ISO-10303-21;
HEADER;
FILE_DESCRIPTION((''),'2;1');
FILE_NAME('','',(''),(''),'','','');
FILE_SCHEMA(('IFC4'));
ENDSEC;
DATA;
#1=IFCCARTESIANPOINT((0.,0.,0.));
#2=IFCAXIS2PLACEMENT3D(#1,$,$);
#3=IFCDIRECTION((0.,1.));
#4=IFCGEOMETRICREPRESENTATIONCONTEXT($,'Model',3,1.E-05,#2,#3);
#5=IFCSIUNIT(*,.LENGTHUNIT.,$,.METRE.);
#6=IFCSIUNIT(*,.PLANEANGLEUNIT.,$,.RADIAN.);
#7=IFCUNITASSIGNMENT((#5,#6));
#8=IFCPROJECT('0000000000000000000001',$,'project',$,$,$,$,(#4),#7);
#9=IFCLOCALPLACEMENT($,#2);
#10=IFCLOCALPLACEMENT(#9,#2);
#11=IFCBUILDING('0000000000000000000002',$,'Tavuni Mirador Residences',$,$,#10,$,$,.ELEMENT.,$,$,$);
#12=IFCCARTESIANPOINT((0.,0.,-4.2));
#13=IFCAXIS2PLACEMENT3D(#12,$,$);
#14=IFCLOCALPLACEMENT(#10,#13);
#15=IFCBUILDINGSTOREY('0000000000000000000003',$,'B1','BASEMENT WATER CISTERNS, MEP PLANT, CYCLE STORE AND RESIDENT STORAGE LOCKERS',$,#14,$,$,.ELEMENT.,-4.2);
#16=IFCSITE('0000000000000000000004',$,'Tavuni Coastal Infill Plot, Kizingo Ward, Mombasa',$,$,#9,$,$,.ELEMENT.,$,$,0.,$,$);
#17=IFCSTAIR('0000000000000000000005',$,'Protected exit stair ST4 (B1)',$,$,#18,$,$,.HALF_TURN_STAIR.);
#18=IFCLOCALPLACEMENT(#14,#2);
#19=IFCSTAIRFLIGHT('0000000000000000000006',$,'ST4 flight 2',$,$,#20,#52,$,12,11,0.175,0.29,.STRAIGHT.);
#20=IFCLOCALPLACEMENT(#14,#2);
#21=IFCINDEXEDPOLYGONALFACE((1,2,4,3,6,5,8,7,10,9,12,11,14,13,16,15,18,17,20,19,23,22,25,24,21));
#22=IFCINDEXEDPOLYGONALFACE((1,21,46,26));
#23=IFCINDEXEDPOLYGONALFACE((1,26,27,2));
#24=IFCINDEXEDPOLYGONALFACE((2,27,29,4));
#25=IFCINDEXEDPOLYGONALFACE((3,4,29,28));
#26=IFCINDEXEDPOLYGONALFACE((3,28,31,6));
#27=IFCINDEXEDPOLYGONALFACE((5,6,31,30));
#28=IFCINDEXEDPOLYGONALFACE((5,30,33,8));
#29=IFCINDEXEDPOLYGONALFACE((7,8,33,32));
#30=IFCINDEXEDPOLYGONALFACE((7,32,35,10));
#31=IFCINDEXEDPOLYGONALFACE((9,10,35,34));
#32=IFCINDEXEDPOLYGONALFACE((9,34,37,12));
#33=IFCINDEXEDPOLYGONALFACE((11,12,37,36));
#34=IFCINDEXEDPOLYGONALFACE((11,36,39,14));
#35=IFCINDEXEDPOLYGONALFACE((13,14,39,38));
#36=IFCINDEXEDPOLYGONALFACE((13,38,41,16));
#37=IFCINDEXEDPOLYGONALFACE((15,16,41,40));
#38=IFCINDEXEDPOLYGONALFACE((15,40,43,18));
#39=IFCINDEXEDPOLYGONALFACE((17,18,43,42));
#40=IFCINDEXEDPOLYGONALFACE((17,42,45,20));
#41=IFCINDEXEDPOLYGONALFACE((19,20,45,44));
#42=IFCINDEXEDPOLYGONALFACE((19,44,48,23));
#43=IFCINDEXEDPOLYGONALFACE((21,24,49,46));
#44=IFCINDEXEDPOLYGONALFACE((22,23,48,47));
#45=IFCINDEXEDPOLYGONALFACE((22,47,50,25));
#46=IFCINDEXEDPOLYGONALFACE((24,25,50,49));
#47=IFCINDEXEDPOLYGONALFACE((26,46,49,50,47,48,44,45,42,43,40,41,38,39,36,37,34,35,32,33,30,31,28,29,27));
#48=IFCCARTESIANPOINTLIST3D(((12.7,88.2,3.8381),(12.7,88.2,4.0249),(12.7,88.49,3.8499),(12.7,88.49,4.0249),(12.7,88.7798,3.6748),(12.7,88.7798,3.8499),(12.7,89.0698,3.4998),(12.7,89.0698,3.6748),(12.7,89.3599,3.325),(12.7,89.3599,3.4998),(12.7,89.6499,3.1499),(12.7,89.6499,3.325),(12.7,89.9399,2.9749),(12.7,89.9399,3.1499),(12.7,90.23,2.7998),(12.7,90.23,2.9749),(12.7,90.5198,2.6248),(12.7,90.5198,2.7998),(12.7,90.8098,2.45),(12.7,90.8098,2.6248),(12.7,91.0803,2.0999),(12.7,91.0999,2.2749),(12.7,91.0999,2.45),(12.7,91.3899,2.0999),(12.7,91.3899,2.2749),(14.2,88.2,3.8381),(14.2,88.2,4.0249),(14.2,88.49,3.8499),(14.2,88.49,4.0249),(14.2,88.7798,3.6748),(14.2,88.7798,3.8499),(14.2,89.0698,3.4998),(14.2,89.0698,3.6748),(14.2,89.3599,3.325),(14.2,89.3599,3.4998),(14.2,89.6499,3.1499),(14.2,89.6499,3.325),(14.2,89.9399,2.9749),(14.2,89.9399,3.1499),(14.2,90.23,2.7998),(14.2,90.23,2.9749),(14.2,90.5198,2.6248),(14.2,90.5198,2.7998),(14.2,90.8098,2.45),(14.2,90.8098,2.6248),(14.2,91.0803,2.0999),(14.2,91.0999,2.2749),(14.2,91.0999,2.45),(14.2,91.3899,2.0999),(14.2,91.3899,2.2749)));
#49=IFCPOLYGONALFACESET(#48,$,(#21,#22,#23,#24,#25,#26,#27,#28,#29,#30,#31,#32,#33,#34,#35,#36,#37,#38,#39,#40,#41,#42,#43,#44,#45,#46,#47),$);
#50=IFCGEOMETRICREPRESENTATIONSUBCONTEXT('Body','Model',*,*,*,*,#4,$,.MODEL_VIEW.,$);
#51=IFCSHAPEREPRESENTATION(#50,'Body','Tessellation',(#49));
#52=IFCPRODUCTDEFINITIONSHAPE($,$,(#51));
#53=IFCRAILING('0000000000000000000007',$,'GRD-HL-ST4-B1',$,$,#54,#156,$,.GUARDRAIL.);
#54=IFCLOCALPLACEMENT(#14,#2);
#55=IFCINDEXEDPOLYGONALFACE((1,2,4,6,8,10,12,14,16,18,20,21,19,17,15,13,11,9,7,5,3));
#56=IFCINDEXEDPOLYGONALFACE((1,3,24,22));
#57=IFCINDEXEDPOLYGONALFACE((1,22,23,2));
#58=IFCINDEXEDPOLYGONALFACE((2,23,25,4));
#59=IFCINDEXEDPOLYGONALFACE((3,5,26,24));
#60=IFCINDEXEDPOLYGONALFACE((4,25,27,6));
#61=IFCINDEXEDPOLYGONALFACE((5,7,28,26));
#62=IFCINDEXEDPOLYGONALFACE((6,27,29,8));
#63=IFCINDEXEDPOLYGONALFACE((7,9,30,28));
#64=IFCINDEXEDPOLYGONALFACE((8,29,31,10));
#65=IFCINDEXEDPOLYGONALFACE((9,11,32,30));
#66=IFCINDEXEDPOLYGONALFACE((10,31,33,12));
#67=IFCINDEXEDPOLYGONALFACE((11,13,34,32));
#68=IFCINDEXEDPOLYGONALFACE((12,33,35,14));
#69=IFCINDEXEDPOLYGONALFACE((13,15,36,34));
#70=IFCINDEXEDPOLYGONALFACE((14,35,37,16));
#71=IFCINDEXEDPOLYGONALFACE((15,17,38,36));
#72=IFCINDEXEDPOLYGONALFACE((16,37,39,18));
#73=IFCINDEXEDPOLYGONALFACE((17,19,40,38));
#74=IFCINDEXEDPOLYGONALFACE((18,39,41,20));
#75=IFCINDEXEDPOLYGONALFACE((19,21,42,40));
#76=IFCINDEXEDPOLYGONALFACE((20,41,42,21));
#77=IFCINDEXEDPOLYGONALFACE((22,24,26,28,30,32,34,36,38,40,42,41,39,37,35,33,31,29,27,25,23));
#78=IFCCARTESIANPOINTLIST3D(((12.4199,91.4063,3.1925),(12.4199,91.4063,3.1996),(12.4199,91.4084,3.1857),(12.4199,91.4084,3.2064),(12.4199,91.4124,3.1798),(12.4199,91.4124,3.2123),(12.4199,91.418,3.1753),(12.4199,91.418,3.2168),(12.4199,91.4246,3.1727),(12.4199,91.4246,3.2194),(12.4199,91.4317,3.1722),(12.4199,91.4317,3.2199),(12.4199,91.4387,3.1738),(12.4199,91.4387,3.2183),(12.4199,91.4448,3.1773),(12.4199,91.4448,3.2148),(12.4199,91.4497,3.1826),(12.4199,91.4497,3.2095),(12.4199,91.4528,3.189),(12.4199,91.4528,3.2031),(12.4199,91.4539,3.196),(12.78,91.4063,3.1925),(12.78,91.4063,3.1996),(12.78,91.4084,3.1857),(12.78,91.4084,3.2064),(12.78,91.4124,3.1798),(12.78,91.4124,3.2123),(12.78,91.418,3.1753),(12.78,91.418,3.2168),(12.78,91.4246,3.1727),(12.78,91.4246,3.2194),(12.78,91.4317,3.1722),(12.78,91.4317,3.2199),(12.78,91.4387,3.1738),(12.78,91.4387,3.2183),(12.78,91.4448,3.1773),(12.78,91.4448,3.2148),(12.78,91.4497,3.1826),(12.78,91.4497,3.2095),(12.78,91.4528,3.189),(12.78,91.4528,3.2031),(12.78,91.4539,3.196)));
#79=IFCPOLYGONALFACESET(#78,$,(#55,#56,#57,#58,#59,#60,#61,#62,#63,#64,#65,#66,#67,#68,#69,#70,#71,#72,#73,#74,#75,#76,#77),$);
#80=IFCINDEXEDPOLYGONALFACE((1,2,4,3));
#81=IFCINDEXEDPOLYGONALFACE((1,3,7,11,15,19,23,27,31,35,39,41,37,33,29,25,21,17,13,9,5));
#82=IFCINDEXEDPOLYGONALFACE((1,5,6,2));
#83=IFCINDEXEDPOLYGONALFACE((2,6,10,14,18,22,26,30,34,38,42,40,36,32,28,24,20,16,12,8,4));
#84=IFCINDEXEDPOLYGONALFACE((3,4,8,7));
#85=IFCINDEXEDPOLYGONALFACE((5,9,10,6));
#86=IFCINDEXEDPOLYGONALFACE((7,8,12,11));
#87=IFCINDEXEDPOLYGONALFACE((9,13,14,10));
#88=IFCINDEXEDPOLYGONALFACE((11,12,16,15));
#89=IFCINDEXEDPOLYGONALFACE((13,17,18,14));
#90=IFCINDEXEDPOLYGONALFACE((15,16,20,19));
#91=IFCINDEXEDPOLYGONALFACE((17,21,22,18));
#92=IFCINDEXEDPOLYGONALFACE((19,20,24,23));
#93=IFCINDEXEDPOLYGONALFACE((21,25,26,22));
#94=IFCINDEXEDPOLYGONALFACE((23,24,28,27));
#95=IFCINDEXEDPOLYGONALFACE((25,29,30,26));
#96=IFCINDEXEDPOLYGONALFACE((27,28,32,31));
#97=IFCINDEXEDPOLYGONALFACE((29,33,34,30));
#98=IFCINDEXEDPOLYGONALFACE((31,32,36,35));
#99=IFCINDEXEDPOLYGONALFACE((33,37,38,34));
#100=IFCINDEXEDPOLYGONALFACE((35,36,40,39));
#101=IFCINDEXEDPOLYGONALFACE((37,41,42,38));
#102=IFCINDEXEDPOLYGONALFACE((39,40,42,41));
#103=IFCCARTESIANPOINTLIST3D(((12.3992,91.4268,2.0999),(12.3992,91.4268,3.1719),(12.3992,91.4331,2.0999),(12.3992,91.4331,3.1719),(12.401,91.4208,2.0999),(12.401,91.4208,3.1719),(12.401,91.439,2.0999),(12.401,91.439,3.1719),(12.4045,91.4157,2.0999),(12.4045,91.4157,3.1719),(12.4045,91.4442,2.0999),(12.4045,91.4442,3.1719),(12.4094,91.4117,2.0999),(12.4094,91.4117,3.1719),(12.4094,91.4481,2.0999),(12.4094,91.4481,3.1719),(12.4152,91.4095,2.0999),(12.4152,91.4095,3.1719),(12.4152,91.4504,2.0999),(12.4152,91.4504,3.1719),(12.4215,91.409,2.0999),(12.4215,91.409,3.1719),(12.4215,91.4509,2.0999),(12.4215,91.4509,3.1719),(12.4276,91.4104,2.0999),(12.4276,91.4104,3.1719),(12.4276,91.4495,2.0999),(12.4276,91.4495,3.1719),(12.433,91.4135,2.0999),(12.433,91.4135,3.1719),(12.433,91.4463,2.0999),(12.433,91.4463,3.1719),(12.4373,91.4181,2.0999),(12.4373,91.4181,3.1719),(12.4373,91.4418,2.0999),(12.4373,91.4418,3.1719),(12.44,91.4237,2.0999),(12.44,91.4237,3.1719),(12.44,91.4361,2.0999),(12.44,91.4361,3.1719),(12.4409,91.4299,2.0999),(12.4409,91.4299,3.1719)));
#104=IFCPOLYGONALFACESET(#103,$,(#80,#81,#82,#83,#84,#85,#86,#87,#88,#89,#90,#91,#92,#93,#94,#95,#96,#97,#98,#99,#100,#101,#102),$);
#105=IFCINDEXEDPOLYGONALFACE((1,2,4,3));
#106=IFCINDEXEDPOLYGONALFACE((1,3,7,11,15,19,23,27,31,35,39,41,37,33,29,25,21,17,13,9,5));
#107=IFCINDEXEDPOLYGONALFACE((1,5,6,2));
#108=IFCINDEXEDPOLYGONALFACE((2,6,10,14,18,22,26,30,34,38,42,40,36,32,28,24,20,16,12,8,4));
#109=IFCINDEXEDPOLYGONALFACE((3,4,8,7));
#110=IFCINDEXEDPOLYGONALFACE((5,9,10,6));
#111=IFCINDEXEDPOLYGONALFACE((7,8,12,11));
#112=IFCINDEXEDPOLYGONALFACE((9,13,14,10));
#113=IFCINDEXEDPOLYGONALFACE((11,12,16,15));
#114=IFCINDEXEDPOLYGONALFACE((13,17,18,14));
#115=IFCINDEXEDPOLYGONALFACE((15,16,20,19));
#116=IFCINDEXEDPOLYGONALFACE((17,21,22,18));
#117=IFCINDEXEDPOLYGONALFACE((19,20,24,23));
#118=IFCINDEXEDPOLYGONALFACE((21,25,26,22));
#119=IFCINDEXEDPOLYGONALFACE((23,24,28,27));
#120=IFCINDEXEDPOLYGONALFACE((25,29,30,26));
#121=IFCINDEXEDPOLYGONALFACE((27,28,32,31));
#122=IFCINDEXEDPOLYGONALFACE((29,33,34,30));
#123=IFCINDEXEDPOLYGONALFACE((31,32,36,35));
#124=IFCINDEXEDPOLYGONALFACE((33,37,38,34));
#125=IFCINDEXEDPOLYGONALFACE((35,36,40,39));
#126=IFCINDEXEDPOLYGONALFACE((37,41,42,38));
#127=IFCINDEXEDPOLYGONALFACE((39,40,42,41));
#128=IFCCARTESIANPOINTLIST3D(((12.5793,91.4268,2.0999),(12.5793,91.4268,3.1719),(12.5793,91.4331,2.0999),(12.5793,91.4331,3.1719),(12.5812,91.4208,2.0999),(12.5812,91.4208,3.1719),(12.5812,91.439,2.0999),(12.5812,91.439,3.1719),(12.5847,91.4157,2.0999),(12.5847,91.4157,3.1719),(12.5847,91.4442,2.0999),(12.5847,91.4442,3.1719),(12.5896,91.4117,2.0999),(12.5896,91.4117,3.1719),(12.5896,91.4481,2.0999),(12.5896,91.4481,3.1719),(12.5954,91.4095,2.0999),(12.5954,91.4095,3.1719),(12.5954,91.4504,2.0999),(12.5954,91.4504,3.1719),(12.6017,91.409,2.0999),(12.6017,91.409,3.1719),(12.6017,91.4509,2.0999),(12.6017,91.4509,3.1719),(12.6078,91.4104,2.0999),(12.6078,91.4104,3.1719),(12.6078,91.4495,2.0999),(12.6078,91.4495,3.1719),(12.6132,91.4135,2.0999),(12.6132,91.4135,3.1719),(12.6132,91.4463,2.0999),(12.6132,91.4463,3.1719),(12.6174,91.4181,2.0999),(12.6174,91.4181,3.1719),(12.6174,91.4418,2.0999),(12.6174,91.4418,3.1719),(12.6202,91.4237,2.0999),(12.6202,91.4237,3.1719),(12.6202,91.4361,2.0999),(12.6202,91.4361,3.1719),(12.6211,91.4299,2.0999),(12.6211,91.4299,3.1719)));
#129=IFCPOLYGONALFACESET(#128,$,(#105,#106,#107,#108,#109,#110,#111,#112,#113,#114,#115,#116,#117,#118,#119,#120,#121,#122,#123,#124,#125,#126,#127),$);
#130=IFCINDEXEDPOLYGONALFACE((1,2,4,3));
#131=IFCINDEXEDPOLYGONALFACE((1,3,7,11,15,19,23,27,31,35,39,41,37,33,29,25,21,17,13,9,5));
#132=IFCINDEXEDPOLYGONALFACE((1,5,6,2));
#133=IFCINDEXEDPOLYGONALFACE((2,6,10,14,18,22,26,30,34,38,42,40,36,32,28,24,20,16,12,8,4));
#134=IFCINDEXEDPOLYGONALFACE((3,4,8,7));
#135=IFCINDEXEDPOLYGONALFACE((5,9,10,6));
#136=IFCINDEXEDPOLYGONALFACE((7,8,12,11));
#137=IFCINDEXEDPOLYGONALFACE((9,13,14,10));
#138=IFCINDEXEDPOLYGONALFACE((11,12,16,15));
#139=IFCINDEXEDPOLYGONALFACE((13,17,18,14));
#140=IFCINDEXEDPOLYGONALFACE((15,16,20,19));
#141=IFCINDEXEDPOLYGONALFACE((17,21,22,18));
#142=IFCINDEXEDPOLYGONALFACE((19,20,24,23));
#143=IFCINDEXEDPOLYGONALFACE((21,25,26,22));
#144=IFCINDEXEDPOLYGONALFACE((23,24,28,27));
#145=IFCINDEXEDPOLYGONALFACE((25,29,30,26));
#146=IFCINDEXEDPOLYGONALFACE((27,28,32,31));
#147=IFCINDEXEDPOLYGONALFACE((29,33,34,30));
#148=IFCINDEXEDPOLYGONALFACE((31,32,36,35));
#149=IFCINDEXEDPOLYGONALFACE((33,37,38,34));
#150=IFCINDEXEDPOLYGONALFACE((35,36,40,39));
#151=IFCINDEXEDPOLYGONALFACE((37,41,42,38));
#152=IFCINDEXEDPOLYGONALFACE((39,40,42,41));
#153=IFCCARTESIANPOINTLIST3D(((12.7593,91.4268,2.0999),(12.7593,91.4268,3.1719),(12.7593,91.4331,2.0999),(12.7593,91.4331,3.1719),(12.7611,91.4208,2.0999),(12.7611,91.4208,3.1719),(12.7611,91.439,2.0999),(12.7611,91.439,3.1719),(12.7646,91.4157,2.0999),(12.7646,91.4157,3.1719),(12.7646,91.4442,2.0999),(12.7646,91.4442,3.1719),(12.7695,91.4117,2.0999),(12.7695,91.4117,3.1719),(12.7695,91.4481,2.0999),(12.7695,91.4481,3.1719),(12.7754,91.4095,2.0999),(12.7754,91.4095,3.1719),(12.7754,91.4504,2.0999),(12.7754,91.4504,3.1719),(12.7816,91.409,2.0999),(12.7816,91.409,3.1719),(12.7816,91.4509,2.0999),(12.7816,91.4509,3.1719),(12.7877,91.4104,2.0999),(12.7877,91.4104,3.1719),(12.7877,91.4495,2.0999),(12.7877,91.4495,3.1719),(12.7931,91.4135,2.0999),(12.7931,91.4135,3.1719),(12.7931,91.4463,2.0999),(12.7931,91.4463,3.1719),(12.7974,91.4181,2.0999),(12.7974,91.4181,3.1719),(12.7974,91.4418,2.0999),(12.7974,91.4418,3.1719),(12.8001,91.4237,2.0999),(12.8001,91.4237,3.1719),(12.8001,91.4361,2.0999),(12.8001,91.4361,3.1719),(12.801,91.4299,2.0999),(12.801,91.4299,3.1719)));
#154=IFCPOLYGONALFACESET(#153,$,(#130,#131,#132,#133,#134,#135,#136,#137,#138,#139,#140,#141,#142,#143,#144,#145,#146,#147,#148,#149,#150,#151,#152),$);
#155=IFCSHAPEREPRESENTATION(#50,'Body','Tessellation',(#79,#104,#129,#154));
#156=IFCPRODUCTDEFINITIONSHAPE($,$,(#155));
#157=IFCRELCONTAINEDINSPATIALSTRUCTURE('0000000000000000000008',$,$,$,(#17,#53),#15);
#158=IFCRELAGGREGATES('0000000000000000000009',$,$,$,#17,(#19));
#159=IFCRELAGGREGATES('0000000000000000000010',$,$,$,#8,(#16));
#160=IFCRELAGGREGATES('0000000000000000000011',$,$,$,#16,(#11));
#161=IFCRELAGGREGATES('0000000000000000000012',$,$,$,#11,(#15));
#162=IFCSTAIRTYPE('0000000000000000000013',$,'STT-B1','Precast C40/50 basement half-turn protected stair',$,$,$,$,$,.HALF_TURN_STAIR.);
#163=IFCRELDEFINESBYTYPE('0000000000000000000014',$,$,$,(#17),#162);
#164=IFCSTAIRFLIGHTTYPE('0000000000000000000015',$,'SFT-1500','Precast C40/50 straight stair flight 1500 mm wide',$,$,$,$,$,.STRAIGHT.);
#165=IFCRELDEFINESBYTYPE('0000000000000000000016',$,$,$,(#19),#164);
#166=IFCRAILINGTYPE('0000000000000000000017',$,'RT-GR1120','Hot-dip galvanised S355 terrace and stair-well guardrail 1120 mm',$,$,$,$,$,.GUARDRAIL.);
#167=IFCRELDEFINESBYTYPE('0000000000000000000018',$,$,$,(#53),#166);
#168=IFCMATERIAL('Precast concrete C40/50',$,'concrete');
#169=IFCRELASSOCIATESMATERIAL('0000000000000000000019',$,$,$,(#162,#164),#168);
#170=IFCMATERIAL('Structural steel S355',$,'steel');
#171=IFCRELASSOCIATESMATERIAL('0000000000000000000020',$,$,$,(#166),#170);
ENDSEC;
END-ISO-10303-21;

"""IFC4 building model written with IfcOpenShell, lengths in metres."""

from ifc_helpers import new_model, si_unit, direction, frame, origin, origin_2d, place, context, subcontext, project, spatial, polyline, circle, outline, extrude, material, type_object, element, aggregate, save


model = new_model("IFC4")

# Units and contexts
model_context = context("Model", 3, precision=1e-05, world=origin(), true_north=direction((0.0, 1.0)))
body_context = subcontext(model_context, "Body", "Model", "MODEL_VIEW")
ifc_project = project(units=[si_unit("LENGTHUNIT", "METRE"), si_unit("PLANEANGLEUNIT", "RADIAN")], contexts=[model_context])

# Site, building, storey
site_placement = place(None, origin())
site = spatial("IfcSite", under=ifc_project, at=site_placement, Name="Tavuni Coastal Infill Plot, Kizingo Ward, Mombasa", CompositionType="ELEMENT", RefElevation=0.0)
building_placement = place(site_placement, origin())
building = spatial("IfcBuilding", under=site, at=building_placement, Name="Tavuni Mirador Residences", CompositionType="ELEMENT")
storey_placement = place(building_placement, frame((0.0, 0.0, -4.2)))
storey = spatial("IfcBuildingStorey", under=building, at=storey_placement, Name="B1", Description="BASEMENT WATER CISTERNS, MEP PLANT, CYCLE STORE AND RESIDENT STORAGE LOCKERS", CompositionType="ELEMENT", Elevation=-4.2)

# Shared definitions
ifc_material_1 = material(Name="Precast concrete C40/50", Category="concrete")

# Shared definitions
ifc_material_2 = material(Name="Structural steel S355", Category="steel")

# Stair, stair flight
stair_type = type_object("IfcStairType", Name="STT-B1", Description="Precast C40/50 basement half-turn protected stair", PredefinedType="HALF_TURN_STAIR", material=ifc_material_1)
stair_placement = place(storey_placement, origin())
stair = element("IfcStair", 1, at=stair_placement, inside=storey, type_object=stair_type, Name="Protected exit stair ST4 (B1)", PredefinedType="HALF_TURN_STAIR")
stair_flight_type = type_object("IfcStairFlightType", Name="SFT-1500", Description="Precast C40/50 straight stair flight 1500 mm wide", PredefinedType="STRAIGHT", material=ifc_material_1)
stair_flight_1_placement = place(storey_placement, frame((13.45, 91.3899, 2.0999), z_axis=(0.0, 0.0, 1.0), x_axis=(0.0, -1.0, 0.0)))
stair_flight_1 = element("IfcStairFlight", 2, at=stair_flight_1_placement, type_object=stair_flight_type, Name="ST4 flight 2", NumberOfRisers=12, NumberOfTreads=11, PredefinedType="STRAIGHT", RiserHeight=0.175, TreadLength=0.29, context=body_context, shape_type="SweptSolid", body=[
    extrude(outline(polyline([(0.0, 0.0), (0.0, 0.175), (0.29, 0.175), (0.29, 0.3501), (0.5801, 0.3501), (0.5801, 0.5249), (0.8701, 0.5249), (0.8701, 0.7), (1.1599, 0.7), (1.1599, 0.875), (1.45, 0.875), (1.45, 1.05), (1.74, 1.05), (1.74, 1.2251), (2.03, 1.2251), (2.03, 1.3999), (2.3201, 1.3999), (2.3201, 1.575), (2.6101, 1.575), (2.6101, 1.75), (2.8999, 1.75), (2.8999, 1.925), (3.1899, 1.925), (3.1899, 2.1001), (3.1899, 1.7383), (0.3096, 0.0), (0.0, 0.0)])), frame((0.0, 0.75, 0.0), z_axis=(0.0, -1.0, 0.0), x_axis=(1.0, 0.0, 0.0)), (0.0, 0.0, 1.0), 1.5),
])
aggregate(stair, [stair_flight_1])

# Railing
railing_type_1 = type_object("IfcRailingType", Name="RT-GR1120", Description="Hot-dip galvanised S355 terrace and stair-well guardrail 1120 mm", PredefinedType="GUARDRAIL", material=ifc_material_2)
railing_1_placement = place(storey_placement, frame((12.4199, 91.4299, 2.0999)))
element("IfcRailing", 3, at=railing_1_placement, inside=storey, type_object=railing_type_1, Name="GRD-HL-ST4-B1", PredefinedType="GUARDRAIL", context=body_context, shape_type="SweptSolid", body=[
    extrude(circle(Radius=0.0239, at=origin_2d()), frame((0.0, 0.0, 1.0962), z_axis=(1.0, 0.0, 0.0), x_axis=(0.0, 1.0, 0.0)), (0.0, 0.0, 1.0), 0.3601),
    extrude(circle(Radius=0.021, at=origin_2d()), origin(), (0.0, 0.0, 1.0), 1.072),
    extrude(circle(Radius=0.021, at=origin_2d()), frame((0.1802, 0.0, 0.0)), (0.0, 0.0, 1.0), 1.072),
    extrude(circle(Radius=0.021, at=origin_2d()), frame((0.3601, 0.0, 0.0)), (0.0, 0.0, 1.0), 1.072),
])

save(model, "model.ifc")
